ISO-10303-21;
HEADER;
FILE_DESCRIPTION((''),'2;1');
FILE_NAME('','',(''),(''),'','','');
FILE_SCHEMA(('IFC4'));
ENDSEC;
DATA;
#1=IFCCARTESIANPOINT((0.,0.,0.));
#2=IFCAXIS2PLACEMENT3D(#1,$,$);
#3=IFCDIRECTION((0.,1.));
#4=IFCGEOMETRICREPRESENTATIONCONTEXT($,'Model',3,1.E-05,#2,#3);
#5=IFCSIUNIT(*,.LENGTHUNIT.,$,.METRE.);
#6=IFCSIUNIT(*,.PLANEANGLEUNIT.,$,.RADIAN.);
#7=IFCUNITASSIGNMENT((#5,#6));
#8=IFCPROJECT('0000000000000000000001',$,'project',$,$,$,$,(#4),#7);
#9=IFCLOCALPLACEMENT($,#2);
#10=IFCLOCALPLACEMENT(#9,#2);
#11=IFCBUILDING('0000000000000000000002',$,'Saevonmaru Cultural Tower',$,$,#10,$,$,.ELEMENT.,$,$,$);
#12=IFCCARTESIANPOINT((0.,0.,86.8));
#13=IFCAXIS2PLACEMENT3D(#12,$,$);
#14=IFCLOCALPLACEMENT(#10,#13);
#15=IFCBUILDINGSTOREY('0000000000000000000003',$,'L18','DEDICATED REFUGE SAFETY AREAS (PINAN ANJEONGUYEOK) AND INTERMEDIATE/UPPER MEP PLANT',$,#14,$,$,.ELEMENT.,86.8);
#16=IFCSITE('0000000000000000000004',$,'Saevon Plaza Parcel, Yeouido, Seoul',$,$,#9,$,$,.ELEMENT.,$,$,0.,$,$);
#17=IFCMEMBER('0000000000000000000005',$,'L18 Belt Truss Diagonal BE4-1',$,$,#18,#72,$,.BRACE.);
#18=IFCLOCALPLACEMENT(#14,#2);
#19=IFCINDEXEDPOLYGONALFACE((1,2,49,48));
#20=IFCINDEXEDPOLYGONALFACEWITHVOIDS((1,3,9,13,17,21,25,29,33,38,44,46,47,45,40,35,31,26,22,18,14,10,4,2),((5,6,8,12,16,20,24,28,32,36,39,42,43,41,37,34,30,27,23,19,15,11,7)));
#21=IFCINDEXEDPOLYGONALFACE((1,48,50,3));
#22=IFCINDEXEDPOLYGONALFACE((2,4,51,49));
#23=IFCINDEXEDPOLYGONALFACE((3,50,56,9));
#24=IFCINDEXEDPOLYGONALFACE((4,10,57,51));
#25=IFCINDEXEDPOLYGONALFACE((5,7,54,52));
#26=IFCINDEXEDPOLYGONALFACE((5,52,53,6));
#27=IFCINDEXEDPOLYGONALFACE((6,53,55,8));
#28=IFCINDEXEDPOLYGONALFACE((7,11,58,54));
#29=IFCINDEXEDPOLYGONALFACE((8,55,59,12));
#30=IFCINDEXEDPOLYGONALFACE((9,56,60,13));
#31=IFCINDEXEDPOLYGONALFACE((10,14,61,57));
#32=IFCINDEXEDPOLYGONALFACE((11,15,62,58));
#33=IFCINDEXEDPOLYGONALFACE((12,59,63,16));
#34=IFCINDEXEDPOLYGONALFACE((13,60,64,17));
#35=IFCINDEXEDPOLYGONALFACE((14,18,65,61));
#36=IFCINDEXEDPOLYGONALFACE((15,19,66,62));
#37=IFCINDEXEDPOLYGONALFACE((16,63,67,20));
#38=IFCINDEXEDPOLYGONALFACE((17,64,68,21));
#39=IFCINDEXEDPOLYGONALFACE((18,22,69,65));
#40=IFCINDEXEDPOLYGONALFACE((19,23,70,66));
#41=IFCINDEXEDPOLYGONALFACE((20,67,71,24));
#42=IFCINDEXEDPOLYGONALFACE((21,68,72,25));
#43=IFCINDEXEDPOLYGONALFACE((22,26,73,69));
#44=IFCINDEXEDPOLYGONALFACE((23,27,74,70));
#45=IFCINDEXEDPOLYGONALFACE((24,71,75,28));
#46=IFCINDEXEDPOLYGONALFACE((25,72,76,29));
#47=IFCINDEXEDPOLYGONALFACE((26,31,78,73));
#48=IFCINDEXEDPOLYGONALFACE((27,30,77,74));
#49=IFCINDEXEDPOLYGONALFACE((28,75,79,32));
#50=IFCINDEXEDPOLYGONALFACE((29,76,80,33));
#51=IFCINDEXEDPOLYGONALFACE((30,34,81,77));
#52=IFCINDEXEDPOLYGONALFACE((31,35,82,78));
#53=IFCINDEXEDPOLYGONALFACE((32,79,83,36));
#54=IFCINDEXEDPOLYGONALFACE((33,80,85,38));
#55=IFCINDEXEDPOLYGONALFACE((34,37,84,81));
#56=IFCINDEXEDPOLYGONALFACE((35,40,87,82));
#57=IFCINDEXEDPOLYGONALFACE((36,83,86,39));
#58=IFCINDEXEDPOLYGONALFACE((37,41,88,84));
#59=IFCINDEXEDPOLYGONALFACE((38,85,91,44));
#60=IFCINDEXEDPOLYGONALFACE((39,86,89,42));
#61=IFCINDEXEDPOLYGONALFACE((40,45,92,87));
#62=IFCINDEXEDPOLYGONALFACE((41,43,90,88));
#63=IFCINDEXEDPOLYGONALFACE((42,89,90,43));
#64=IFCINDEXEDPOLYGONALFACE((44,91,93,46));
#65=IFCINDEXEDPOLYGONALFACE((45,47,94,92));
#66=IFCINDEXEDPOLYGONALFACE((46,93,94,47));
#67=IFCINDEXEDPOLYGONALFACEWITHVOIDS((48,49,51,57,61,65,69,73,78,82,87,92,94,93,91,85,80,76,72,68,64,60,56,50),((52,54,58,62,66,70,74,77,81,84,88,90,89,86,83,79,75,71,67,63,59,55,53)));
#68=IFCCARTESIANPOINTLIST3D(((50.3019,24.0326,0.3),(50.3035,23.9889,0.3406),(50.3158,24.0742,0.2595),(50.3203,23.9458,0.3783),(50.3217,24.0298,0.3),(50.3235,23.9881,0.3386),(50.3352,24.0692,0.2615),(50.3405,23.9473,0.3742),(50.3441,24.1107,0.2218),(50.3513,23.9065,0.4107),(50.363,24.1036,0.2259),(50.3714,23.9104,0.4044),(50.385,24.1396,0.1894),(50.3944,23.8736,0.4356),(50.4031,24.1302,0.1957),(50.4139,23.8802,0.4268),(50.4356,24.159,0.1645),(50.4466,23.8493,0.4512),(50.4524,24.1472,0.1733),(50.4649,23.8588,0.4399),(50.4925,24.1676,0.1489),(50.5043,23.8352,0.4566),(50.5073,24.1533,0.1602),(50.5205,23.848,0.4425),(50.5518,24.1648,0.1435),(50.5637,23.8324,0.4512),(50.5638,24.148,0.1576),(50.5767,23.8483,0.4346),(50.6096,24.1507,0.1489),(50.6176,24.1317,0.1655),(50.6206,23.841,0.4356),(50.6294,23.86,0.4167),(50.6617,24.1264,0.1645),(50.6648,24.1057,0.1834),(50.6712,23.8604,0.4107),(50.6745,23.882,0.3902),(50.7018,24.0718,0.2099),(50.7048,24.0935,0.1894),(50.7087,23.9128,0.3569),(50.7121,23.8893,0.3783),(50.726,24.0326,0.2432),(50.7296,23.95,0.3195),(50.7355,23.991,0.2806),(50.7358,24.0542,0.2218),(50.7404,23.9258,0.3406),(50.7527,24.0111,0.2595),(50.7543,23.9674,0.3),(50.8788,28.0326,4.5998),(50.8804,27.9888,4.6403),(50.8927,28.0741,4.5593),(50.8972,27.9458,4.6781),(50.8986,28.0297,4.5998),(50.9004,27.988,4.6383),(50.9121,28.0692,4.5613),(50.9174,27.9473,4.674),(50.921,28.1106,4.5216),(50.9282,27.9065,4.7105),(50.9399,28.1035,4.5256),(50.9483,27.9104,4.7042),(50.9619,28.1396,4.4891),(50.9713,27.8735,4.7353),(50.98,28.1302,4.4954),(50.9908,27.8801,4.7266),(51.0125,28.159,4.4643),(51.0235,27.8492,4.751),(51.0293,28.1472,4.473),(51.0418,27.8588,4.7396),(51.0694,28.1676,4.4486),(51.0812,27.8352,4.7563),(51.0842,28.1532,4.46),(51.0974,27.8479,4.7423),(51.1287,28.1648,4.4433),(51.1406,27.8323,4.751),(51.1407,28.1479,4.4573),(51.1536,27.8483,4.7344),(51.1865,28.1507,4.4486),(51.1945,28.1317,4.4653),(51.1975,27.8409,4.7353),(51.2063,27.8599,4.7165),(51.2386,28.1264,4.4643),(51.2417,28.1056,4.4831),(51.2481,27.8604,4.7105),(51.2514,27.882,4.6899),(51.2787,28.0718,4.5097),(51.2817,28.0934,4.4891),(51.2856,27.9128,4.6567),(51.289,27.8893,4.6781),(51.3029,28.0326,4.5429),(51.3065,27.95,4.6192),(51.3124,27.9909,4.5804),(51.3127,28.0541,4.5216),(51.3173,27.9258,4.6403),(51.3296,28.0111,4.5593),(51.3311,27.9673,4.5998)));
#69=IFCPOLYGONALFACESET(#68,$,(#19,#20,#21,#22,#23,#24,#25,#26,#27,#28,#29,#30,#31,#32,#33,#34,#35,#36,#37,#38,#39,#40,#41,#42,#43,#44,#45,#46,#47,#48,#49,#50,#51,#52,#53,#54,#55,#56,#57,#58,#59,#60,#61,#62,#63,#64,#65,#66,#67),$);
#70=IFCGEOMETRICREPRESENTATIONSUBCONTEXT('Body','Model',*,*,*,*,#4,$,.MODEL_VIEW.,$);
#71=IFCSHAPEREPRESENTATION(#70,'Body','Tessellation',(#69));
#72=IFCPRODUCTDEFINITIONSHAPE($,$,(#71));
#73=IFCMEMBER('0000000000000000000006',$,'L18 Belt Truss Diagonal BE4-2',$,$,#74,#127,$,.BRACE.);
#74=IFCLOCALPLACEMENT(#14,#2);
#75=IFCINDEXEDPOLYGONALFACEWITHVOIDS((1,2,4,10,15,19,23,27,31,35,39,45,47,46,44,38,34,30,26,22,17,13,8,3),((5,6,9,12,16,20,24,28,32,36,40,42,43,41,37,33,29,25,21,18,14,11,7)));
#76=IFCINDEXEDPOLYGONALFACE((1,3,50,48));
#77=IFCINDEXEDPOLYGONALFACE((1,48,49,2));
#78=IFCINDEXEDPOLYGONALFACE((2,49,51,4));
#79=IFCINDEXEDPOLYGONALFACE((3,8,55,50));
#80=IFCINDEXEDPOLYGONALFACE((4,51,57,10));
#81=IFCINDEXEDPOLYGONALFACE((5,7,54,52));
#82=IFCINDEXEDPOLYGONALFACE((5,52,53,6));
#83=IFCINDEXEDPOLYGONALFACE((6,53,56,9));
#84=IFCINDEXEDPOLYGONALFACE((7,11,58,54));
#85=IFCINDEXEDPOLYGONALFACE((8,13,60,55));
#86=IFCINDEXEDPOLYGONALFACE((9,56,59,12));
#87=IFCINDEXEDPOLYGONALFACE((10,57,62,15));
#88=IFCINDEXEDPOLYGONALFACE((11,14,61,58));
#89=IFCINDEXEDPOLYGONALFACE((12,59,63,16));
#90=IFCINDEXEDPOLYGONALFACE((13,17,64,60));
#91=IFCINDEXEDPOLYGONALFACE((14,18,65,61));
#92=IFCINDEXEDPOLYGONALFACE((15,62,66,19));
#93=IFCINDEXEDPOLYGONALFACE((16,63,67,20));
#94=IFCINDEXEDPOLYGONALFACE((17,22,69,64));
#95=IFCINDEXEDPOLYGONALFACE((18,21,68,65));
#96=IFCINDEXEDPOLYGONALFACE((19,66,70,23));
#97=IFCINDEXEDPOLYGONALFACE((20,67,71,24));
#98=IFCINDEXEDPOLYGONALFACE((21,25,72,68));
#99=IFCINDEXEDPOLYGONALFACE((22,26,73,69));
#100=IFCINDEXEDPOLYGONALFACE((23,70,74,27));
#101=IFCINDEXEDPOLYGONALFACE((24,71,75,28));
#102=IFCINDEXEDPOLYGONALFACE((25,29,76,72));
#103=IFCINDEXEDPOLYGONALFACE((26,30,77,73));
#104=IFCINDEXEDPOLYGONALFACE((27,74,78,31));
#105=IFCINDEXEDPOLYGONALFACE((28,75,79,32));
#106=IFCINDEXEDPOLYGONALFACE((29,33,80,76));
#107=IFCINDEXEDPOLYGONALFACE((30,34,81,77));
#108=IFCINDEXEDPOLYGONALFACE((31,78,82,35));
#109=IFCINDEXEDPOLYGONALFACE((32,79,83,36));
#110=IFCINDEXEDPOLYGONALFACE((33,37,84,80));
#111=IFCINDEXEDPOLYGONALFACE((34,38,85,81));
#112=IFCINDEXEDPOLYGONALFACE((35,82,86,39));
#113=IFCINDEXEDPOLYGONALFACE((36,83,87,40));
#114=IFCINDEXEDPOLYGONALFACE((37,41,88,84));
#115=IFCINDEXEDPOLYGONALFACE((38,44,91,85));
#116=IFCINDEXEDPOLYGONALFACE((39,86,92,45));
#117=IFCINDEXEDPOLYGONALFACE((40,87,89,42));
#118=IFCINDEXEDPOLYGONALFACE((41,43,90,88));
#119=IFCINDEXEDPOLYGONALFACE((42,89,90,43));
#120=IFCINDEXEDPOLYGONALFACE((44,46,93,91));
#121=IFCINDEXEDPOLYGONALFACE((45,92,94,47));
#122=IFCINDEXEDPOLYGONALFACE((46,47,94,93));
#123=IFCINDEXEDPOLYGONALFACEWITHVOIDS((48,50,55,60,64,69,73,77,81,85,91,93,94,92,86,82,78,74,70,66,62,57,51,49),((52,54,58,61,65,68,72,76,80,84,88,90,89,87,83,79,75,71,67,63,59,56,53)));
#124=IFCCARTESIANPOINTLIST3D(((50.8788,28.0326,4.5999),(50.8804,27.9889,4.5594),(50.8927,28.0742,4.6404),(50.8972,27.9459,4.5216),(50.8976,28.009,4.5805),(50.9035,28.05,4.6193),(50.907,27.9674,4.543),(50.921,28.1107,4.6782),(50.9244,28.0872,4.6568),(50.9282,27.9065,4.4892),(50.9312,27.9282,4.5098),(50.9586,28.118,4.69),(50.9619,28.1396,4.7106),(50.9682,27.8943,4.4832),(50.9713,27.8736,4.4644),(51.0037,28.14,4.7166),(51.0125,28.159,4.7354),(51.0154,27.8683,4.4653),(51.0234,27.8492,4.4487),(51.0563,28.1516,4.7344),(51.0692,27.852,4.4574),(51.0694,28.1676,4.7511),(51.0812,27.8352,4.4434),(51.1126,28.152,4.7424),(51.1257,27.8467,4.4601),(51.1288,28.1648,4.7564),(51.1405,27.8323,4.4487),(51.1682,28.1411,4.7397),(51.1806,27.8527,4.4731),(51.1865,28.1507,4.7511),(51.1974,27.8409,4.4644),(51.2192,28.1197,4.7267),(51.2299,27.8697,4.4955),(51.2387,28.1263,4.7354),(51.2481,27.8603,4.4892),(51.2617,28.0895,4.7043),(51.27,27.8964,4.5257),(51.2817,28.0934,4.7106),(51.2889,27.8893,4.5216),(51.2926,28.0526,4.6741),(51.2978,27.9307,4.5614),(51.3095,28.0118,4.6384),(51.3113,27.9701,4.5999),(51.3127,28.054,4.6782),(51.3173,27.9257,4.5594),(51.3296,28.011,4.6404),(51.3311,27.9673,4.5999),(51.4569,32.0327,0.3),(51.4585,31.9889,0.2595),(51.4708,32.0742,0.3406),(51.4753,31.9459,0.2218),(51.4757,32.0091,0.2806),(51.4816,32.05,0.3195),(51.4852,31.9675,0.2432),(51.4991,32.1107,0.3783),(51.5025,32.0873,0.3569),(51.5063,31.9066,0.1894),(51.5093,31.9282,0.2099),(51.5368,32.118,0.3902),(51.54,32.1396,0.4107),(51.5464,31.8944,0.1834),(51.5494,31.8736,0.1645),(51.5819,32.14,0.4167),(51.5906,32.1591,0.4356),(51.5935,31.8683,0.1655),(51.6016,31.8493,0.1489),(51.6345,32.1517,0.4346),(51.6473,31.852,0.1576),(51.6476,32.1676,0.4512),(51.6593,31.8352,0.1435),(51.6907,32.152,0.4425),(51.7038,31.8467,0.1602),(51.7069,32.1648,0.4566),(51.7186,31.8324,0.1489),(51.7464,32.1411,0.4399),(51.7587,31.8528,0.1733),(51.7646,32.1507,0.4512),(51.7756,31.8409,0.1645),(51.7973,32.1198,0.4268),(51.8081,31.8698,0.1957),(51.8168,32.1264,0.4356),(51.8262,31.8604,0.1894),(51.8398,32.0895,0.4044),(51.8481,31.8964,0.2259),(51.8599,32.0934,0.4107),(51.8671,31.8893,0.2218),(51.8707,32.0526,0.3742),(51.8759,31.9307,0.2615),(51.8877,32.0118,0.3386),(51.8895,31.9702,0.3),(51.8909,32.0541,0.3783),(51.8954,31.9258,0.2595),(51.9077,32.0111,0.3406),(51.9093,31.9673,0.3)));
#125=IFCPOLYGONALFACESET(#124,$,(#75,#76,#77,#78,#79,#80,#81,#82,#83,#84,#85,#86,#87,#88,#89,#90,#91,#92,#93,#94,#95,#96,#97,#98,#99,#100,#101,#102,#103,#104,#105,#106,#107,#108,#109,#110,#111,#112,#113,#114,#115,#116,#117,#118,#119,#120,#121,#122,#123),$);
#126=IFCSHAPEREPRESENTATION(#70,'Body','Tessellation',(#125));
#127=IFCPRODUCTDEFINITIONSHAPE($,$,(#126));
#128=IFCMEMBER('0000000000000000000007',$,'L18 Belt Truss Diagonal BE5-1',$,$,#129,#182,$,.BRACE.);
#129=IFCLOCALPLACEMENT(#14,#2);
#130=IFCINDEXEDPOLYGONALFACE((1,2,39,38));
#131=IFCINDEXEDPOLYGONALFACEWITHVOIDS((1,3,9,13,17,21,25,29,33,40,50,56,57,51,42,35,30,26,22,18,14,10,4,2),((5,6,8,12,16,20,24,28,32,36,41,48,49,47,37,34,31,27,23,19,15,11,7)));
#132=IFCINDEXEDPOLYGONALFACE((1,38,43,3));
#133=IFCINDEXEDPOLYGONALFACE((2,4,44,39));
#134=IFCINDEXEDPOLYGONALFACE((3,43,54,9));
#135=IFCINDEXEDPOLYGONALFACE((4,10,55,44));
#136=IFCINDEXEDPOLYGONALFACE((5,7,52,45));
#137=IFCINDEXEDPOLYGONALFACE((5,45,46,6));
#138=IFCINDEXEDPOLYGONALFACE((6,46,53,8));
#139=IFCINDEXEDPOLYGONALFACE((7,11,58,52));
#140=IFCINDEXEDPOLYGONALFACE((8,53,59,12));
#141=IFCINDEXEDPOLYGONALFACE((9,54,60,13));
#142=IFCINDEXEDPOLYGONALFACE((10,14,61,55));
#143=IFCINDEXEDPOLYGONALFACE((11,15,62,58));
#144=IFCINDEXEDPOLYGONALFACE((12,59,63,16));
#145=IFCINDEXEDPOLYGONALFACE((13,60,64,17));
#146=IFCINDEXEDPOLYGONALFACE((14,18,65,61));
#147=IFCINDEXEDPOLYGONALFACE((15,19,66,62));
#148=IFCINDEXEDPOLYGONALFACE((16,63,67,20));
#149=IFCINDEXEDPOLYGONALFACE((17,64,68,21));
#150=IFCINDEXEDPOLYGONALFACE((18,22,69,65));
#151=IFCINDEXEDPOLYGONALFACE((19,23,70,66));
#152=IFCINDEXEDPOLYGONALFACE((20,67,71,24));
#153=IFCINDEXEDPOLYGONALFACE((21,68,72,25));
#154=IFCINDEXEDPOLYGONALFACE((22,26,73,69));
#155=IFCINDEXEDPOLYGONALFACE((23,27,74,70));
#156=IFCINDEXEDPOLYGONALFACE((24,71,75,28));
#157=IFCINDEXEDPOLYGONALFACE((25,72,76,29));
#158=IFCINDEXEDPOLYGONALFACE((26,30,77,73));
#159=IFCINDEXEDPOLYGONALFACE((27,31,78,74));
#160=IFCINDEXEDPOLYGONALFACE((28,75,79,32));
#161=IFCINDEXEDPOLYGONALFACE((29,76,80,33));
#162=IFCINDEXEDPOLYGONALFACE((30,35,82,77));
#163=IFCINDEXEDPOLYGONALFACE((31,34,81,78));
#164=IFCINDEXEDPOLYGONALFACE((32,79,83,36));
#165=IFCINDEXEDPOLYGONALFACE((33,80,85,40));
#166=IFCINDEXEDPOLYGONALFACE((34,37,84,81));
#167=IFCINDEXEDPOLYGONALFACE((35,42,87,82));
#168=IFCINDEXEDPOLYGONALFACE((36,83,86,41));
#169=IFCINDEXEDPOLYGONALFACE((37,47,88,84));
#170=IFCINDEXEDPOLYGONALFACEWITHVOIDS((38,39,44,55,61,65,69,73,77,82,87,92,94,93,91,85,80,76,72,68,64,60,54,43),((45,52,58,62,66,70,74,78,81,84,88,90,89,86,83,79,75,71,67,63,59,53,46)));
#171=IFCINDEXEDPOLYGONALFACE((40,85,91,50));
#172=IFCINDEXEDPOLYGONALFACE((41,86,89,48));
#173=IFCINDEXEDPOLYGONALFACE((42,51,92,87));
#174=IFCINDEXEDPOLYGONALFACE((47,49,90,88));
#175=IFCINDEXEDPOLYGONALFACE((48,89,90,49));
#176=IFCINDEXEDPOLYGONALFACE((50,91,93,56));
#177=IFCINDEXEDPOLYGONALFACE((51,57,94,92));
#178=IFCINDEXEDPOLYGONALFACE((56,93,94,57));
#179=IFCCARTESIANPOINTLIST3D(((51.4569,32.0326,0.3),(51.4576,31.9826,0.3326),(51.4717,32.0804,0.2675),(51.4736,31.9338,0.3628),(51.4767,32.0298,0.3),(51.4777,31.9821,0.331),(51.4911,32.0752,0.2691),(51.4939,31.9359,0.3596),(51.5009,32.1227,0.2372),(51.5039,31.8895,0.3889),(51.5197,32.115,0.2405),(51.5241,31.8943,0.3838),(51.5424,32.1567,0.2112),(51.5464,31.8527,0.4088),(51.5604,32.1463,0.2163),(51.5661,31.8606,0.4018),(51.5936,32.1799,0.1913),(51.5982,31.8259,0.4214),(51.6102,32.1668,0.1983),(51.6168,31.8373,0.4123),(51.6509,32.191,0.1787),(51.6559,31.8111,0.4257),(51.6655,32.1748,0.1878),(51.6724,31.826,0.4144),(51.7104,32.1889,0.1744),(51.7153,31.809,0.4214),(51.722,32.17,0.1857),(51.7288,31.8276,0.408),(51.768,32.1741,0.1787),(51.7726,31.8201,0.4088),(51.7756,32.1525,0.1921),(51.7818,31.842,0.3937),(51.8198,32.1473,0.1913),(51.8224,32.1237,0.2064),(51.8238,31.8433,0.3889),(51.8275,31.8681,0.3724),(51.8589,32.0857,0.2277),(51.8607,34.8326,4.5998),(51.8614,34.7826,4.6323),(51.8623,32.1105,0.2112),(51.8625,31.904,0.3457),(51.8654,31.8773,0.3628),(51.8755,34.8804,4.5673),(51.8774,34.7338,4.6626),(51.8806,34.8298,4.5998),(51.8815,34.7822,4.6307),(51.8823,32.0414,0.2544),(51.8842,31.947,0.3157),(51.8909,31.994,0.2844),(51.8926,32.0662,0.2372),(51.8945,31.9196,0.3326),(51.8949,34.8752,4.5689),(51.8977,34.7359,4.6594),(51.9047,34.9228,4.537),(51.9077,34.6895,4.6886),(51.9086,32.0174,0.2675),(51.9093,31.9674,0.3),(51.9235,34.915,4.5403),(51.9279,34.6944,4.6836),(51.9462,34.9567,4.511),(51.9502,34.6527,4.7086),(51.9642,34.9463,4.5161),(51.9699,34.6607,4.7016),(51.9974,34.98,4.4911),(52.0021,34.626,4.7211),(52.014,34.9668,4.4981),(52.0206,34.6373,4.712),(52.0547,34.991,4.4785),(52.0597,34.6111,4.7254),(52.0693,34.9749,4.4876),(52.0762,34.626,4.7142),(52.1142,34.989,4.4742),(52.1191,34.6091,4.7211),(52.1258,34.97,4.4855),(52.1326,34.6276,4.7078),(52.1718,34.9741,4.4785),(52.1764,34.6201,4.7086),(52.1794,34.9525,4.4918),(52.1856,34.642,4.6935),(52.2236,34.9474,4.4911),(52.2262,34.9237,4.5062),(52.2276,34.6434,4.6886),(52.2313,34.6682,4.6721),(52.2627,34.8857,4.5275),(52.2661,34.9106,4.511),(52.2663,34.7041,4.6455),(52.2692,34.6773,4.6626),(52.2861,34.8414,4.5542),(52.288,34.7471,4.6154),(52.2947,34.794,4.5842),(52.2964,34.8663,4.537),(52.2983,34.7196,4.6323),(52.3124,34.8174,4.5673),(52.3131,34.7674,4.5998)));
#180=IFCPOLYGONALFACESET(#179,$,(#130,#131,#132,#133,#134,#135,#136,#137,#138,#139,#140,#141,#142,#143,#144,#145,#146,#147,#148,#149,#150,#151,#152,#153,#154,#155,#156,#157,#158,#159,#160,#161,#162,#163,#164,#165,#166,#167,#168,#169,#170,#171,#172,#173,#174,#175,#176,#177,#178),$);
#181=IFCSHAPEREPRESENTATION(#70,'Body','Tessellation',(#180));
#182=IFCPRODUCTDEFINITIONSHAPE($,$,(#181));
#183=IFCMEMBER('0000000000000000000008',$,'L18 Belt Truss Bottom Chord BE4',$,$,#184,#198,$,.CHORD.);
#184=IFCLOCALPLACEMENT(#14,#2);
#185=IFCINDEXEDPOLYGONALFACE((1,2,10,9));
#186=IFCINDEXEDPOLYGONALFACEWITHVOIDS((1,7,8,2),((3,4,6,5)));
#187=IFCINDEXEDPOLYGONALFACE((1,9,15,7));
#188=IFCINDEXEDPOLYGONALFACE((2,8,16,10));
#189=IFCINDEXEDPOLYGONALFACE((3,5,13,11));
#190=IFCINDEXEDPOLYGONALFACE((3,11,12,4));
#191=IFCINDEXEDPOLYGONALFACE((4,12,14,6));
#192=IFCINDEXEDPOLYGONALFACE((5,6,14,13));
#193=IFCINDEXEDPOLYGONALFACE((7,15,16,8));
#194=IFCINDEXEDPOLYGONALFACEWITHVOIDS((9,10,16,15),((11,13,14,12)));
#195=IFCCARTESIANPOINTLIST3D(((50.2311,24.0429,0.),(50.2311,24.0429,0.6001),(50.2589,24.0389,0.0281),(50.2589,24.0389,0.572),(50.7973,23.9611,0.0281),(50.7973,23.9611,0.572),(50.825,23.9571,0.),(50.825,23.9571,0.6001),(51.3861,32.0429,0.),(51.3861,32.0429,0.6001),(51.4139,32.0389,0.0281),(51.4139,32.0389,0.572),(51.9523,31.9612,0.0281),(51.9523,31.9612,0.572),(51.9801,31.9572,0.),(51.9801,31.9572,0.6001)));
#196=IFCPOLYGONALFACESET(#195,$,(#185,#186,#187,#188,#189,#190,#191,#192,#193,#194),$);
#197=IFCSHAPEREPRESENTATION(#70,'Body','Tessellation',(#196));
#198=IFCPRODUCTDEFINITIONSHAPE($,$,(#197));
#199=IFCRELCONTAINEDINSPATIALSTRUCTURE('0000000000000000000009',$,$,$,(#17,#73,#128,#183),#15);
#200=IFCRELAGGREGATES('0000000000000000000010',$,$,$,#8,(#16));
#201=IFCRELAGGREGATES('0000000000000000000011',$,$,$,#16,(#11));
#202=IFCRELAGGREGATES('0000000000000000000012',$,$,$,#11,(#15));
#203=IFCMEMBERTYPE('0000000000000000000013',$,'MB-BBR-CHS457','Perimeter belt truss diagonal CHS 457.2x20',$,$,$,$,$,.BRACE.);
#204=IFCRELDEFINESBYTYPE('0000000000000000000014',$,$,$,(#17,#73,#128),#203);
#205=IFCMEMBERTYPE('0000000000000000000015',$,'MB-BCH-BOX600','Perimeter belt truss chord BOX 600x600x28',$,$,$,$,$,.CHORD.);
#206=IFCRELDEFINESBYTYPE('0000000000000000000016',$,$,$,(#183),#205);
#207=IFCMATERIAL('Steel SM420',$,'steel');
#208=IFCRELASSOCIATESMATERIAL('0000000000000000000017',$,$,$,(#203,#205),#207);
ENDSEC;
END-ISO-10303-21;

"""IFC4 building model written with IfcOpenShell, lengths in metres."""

from ifc_helpers import new_model, si_unit, direction, frame, origin, origin_2d, place, context, subcontext, project, spatial, hollow_rectangle, hollow_circle, extrude, material, material_profile, profile_set, type_object, element, save


model = new_model("IFC4")

# Units and contexts
model_context = context("Model", 3, precision=1e-05, world=origin(), true_north=direction((0.0, 1.0)))
body_context = subcontext(model_context, "Body", "Model", "MODEL_VIEW")
ifc_project = project(units=[si_unit("LENGTHUNIT", "METRE"), si_unit("PLANEANGLEUNIT", "RADIAN")], contexts=[model_context])

# Site, building, storey
site_placement = place(None, origin())
site = spatial("IfcSite", under=ifc_project, at=site_placement, Name="Saevon Plaza Parcel, Yeouido, Seoul", CompositionType="ELEMENT", RefElevation=0.0)
building_placement = place(site_placement, origin())
building = spatial("IfcBuilding", under=site, at=building_placement, Name="Saevonmaru Cultural Tower", CompositionType="ELEMENT")
storey_placement = place(building_placement, frame((0.0, 0.0, 86.8)))
storey = spatial("IfcBuildingStorey", under=building, at=storey_placement, Name="L18", Description="DEDICATED REFUGE SAFETY AREAS (PINAN ANJEONGUYEOK) AND INTERMEDIATE/UPPER MEP PLANT", CompositionType="ELEMENT", Elevation=86.8)

# Members
ifc_material_1 = material(Name="Steel SM420", Category="steel")
ifc_material_profile_1 = material_profile(ifc_material_1, hollow_circle(Radius=0.2285, WallThickness=0.02, at=origin_2d()), Name="CHS-457.2x20")
ifc_profile_set_1 = profile_set([ifc_material_profile_1], Name="Steel SM420")
member_type_1 = type_object("IfcMemberType", Name="MB-BBR-CHS457", Description="Perimeter belt truss diagonal CHS 457.2x20", PredefinedType="BRACE", material=ifc_profile_set_1)
member_1_placement = place(storey_placement, frame((50.5281, 24.0, 0.3), z_axis=(0.097765, 0.677858, 0.728664), x_axis=(-0.989759, 0.142749, 0.0)))
element("IfcMember", 1, at=member_1_placement, inside=storey, type_object=member_type_1, Name="L18 Belt Truss Diagonal BE4-1", PredefinedType="BRACE", context=body_context, shape_type="SweptSolid", body=[
    extrude(hollow_circle(Radius=0.2285, WallThickness=0.02, at=origin_2d()), origin(), (0.0, 0.0, 1.0), 5.9009),
])
member_2_placement = place(storey_placement, frame((51.6831, 32.0, 0.3), z_axis=(-0.09797, -0.677844, 0.728649), x_axis=(0.989716, -0.143045, 0.0)))
element("IfcMember", 2, at=member_2_placement, inside=storey, type_object=member_type_1, Name="L18 Belt Truss Diagonal BE4-2", PredefinedType="BRACE", context=body_context, shape_type="SweptSolid", body=[
    extrude(hollow_circle(Radius=0.2285, WallThickness=0.02, at=origin_2d()), origin(), (0.0, 0.0, 1.0), 5.9011),
])
member_3_placement = place(storey_placement, frame((51.6831, 32.0, 0.3), z_axis=(0.078455, 0.544015, 0.835399), x_axis=(-0.98976, 0.142738, 0.0)))
element("IfcMember", 3, at=member_3_placement, inside=storey, type_object=member_type_1, Name="L18 Belt Truss Diagonal BE5-1", PredefinedType="BRACE", context=body_context, shape_type="SweptSolid", body=[
    extrude(hollow_circle(Radius=0.2285, WallThickness=0.02, at=origin_2d()), origin(), (0.0, 0.0, 1.0), 5.147),
])
ifc_material_profile_2 = material_profile(ifc_material_1, hollow_rectangle(XDim=0.6001, YDim=0.6001, WallThickness=0.0281, at=origin_2d()), Name="BOX-600x600x28")
ifc_profile_set_2 = profile_set([ifc_material_profile_2], Name="Steel SM420")
member_type_2 = type_object("IfcMemberType", Name="MB-BCH-BOX600", Description="Perimeter belt truss chord BOX 600x600x28", PredefinedType="CHORD", material=ifc_profile_set_2)
for number, where, z_axis, x_axis, name in (
    (4, (50.5281, 24.0, 0.3), (0.142897, 0.989738, 0.0), (-0.989738, 0.142897, 0.0), "L18 Belt Truss Bottom Chord BE4"),
):
    element("IfcMember", number, at=place(storey_placement, frame(where, z_axis=z_axis, x_axis=x_axis)), inside=storey, type_object=member_type_2, Name=name, PredefinedType="CHORD", context=body_context, shape_type="SweptSolid", body=[
        extrude(hollow_rectangle(XDim=0.6001, YDim=0.6001, WallThickness=0.0281, at=origin_2d()), origin(), (0.0, 0.0, 1.0), 8.083),
    ])

save(model, "model.ifc")
